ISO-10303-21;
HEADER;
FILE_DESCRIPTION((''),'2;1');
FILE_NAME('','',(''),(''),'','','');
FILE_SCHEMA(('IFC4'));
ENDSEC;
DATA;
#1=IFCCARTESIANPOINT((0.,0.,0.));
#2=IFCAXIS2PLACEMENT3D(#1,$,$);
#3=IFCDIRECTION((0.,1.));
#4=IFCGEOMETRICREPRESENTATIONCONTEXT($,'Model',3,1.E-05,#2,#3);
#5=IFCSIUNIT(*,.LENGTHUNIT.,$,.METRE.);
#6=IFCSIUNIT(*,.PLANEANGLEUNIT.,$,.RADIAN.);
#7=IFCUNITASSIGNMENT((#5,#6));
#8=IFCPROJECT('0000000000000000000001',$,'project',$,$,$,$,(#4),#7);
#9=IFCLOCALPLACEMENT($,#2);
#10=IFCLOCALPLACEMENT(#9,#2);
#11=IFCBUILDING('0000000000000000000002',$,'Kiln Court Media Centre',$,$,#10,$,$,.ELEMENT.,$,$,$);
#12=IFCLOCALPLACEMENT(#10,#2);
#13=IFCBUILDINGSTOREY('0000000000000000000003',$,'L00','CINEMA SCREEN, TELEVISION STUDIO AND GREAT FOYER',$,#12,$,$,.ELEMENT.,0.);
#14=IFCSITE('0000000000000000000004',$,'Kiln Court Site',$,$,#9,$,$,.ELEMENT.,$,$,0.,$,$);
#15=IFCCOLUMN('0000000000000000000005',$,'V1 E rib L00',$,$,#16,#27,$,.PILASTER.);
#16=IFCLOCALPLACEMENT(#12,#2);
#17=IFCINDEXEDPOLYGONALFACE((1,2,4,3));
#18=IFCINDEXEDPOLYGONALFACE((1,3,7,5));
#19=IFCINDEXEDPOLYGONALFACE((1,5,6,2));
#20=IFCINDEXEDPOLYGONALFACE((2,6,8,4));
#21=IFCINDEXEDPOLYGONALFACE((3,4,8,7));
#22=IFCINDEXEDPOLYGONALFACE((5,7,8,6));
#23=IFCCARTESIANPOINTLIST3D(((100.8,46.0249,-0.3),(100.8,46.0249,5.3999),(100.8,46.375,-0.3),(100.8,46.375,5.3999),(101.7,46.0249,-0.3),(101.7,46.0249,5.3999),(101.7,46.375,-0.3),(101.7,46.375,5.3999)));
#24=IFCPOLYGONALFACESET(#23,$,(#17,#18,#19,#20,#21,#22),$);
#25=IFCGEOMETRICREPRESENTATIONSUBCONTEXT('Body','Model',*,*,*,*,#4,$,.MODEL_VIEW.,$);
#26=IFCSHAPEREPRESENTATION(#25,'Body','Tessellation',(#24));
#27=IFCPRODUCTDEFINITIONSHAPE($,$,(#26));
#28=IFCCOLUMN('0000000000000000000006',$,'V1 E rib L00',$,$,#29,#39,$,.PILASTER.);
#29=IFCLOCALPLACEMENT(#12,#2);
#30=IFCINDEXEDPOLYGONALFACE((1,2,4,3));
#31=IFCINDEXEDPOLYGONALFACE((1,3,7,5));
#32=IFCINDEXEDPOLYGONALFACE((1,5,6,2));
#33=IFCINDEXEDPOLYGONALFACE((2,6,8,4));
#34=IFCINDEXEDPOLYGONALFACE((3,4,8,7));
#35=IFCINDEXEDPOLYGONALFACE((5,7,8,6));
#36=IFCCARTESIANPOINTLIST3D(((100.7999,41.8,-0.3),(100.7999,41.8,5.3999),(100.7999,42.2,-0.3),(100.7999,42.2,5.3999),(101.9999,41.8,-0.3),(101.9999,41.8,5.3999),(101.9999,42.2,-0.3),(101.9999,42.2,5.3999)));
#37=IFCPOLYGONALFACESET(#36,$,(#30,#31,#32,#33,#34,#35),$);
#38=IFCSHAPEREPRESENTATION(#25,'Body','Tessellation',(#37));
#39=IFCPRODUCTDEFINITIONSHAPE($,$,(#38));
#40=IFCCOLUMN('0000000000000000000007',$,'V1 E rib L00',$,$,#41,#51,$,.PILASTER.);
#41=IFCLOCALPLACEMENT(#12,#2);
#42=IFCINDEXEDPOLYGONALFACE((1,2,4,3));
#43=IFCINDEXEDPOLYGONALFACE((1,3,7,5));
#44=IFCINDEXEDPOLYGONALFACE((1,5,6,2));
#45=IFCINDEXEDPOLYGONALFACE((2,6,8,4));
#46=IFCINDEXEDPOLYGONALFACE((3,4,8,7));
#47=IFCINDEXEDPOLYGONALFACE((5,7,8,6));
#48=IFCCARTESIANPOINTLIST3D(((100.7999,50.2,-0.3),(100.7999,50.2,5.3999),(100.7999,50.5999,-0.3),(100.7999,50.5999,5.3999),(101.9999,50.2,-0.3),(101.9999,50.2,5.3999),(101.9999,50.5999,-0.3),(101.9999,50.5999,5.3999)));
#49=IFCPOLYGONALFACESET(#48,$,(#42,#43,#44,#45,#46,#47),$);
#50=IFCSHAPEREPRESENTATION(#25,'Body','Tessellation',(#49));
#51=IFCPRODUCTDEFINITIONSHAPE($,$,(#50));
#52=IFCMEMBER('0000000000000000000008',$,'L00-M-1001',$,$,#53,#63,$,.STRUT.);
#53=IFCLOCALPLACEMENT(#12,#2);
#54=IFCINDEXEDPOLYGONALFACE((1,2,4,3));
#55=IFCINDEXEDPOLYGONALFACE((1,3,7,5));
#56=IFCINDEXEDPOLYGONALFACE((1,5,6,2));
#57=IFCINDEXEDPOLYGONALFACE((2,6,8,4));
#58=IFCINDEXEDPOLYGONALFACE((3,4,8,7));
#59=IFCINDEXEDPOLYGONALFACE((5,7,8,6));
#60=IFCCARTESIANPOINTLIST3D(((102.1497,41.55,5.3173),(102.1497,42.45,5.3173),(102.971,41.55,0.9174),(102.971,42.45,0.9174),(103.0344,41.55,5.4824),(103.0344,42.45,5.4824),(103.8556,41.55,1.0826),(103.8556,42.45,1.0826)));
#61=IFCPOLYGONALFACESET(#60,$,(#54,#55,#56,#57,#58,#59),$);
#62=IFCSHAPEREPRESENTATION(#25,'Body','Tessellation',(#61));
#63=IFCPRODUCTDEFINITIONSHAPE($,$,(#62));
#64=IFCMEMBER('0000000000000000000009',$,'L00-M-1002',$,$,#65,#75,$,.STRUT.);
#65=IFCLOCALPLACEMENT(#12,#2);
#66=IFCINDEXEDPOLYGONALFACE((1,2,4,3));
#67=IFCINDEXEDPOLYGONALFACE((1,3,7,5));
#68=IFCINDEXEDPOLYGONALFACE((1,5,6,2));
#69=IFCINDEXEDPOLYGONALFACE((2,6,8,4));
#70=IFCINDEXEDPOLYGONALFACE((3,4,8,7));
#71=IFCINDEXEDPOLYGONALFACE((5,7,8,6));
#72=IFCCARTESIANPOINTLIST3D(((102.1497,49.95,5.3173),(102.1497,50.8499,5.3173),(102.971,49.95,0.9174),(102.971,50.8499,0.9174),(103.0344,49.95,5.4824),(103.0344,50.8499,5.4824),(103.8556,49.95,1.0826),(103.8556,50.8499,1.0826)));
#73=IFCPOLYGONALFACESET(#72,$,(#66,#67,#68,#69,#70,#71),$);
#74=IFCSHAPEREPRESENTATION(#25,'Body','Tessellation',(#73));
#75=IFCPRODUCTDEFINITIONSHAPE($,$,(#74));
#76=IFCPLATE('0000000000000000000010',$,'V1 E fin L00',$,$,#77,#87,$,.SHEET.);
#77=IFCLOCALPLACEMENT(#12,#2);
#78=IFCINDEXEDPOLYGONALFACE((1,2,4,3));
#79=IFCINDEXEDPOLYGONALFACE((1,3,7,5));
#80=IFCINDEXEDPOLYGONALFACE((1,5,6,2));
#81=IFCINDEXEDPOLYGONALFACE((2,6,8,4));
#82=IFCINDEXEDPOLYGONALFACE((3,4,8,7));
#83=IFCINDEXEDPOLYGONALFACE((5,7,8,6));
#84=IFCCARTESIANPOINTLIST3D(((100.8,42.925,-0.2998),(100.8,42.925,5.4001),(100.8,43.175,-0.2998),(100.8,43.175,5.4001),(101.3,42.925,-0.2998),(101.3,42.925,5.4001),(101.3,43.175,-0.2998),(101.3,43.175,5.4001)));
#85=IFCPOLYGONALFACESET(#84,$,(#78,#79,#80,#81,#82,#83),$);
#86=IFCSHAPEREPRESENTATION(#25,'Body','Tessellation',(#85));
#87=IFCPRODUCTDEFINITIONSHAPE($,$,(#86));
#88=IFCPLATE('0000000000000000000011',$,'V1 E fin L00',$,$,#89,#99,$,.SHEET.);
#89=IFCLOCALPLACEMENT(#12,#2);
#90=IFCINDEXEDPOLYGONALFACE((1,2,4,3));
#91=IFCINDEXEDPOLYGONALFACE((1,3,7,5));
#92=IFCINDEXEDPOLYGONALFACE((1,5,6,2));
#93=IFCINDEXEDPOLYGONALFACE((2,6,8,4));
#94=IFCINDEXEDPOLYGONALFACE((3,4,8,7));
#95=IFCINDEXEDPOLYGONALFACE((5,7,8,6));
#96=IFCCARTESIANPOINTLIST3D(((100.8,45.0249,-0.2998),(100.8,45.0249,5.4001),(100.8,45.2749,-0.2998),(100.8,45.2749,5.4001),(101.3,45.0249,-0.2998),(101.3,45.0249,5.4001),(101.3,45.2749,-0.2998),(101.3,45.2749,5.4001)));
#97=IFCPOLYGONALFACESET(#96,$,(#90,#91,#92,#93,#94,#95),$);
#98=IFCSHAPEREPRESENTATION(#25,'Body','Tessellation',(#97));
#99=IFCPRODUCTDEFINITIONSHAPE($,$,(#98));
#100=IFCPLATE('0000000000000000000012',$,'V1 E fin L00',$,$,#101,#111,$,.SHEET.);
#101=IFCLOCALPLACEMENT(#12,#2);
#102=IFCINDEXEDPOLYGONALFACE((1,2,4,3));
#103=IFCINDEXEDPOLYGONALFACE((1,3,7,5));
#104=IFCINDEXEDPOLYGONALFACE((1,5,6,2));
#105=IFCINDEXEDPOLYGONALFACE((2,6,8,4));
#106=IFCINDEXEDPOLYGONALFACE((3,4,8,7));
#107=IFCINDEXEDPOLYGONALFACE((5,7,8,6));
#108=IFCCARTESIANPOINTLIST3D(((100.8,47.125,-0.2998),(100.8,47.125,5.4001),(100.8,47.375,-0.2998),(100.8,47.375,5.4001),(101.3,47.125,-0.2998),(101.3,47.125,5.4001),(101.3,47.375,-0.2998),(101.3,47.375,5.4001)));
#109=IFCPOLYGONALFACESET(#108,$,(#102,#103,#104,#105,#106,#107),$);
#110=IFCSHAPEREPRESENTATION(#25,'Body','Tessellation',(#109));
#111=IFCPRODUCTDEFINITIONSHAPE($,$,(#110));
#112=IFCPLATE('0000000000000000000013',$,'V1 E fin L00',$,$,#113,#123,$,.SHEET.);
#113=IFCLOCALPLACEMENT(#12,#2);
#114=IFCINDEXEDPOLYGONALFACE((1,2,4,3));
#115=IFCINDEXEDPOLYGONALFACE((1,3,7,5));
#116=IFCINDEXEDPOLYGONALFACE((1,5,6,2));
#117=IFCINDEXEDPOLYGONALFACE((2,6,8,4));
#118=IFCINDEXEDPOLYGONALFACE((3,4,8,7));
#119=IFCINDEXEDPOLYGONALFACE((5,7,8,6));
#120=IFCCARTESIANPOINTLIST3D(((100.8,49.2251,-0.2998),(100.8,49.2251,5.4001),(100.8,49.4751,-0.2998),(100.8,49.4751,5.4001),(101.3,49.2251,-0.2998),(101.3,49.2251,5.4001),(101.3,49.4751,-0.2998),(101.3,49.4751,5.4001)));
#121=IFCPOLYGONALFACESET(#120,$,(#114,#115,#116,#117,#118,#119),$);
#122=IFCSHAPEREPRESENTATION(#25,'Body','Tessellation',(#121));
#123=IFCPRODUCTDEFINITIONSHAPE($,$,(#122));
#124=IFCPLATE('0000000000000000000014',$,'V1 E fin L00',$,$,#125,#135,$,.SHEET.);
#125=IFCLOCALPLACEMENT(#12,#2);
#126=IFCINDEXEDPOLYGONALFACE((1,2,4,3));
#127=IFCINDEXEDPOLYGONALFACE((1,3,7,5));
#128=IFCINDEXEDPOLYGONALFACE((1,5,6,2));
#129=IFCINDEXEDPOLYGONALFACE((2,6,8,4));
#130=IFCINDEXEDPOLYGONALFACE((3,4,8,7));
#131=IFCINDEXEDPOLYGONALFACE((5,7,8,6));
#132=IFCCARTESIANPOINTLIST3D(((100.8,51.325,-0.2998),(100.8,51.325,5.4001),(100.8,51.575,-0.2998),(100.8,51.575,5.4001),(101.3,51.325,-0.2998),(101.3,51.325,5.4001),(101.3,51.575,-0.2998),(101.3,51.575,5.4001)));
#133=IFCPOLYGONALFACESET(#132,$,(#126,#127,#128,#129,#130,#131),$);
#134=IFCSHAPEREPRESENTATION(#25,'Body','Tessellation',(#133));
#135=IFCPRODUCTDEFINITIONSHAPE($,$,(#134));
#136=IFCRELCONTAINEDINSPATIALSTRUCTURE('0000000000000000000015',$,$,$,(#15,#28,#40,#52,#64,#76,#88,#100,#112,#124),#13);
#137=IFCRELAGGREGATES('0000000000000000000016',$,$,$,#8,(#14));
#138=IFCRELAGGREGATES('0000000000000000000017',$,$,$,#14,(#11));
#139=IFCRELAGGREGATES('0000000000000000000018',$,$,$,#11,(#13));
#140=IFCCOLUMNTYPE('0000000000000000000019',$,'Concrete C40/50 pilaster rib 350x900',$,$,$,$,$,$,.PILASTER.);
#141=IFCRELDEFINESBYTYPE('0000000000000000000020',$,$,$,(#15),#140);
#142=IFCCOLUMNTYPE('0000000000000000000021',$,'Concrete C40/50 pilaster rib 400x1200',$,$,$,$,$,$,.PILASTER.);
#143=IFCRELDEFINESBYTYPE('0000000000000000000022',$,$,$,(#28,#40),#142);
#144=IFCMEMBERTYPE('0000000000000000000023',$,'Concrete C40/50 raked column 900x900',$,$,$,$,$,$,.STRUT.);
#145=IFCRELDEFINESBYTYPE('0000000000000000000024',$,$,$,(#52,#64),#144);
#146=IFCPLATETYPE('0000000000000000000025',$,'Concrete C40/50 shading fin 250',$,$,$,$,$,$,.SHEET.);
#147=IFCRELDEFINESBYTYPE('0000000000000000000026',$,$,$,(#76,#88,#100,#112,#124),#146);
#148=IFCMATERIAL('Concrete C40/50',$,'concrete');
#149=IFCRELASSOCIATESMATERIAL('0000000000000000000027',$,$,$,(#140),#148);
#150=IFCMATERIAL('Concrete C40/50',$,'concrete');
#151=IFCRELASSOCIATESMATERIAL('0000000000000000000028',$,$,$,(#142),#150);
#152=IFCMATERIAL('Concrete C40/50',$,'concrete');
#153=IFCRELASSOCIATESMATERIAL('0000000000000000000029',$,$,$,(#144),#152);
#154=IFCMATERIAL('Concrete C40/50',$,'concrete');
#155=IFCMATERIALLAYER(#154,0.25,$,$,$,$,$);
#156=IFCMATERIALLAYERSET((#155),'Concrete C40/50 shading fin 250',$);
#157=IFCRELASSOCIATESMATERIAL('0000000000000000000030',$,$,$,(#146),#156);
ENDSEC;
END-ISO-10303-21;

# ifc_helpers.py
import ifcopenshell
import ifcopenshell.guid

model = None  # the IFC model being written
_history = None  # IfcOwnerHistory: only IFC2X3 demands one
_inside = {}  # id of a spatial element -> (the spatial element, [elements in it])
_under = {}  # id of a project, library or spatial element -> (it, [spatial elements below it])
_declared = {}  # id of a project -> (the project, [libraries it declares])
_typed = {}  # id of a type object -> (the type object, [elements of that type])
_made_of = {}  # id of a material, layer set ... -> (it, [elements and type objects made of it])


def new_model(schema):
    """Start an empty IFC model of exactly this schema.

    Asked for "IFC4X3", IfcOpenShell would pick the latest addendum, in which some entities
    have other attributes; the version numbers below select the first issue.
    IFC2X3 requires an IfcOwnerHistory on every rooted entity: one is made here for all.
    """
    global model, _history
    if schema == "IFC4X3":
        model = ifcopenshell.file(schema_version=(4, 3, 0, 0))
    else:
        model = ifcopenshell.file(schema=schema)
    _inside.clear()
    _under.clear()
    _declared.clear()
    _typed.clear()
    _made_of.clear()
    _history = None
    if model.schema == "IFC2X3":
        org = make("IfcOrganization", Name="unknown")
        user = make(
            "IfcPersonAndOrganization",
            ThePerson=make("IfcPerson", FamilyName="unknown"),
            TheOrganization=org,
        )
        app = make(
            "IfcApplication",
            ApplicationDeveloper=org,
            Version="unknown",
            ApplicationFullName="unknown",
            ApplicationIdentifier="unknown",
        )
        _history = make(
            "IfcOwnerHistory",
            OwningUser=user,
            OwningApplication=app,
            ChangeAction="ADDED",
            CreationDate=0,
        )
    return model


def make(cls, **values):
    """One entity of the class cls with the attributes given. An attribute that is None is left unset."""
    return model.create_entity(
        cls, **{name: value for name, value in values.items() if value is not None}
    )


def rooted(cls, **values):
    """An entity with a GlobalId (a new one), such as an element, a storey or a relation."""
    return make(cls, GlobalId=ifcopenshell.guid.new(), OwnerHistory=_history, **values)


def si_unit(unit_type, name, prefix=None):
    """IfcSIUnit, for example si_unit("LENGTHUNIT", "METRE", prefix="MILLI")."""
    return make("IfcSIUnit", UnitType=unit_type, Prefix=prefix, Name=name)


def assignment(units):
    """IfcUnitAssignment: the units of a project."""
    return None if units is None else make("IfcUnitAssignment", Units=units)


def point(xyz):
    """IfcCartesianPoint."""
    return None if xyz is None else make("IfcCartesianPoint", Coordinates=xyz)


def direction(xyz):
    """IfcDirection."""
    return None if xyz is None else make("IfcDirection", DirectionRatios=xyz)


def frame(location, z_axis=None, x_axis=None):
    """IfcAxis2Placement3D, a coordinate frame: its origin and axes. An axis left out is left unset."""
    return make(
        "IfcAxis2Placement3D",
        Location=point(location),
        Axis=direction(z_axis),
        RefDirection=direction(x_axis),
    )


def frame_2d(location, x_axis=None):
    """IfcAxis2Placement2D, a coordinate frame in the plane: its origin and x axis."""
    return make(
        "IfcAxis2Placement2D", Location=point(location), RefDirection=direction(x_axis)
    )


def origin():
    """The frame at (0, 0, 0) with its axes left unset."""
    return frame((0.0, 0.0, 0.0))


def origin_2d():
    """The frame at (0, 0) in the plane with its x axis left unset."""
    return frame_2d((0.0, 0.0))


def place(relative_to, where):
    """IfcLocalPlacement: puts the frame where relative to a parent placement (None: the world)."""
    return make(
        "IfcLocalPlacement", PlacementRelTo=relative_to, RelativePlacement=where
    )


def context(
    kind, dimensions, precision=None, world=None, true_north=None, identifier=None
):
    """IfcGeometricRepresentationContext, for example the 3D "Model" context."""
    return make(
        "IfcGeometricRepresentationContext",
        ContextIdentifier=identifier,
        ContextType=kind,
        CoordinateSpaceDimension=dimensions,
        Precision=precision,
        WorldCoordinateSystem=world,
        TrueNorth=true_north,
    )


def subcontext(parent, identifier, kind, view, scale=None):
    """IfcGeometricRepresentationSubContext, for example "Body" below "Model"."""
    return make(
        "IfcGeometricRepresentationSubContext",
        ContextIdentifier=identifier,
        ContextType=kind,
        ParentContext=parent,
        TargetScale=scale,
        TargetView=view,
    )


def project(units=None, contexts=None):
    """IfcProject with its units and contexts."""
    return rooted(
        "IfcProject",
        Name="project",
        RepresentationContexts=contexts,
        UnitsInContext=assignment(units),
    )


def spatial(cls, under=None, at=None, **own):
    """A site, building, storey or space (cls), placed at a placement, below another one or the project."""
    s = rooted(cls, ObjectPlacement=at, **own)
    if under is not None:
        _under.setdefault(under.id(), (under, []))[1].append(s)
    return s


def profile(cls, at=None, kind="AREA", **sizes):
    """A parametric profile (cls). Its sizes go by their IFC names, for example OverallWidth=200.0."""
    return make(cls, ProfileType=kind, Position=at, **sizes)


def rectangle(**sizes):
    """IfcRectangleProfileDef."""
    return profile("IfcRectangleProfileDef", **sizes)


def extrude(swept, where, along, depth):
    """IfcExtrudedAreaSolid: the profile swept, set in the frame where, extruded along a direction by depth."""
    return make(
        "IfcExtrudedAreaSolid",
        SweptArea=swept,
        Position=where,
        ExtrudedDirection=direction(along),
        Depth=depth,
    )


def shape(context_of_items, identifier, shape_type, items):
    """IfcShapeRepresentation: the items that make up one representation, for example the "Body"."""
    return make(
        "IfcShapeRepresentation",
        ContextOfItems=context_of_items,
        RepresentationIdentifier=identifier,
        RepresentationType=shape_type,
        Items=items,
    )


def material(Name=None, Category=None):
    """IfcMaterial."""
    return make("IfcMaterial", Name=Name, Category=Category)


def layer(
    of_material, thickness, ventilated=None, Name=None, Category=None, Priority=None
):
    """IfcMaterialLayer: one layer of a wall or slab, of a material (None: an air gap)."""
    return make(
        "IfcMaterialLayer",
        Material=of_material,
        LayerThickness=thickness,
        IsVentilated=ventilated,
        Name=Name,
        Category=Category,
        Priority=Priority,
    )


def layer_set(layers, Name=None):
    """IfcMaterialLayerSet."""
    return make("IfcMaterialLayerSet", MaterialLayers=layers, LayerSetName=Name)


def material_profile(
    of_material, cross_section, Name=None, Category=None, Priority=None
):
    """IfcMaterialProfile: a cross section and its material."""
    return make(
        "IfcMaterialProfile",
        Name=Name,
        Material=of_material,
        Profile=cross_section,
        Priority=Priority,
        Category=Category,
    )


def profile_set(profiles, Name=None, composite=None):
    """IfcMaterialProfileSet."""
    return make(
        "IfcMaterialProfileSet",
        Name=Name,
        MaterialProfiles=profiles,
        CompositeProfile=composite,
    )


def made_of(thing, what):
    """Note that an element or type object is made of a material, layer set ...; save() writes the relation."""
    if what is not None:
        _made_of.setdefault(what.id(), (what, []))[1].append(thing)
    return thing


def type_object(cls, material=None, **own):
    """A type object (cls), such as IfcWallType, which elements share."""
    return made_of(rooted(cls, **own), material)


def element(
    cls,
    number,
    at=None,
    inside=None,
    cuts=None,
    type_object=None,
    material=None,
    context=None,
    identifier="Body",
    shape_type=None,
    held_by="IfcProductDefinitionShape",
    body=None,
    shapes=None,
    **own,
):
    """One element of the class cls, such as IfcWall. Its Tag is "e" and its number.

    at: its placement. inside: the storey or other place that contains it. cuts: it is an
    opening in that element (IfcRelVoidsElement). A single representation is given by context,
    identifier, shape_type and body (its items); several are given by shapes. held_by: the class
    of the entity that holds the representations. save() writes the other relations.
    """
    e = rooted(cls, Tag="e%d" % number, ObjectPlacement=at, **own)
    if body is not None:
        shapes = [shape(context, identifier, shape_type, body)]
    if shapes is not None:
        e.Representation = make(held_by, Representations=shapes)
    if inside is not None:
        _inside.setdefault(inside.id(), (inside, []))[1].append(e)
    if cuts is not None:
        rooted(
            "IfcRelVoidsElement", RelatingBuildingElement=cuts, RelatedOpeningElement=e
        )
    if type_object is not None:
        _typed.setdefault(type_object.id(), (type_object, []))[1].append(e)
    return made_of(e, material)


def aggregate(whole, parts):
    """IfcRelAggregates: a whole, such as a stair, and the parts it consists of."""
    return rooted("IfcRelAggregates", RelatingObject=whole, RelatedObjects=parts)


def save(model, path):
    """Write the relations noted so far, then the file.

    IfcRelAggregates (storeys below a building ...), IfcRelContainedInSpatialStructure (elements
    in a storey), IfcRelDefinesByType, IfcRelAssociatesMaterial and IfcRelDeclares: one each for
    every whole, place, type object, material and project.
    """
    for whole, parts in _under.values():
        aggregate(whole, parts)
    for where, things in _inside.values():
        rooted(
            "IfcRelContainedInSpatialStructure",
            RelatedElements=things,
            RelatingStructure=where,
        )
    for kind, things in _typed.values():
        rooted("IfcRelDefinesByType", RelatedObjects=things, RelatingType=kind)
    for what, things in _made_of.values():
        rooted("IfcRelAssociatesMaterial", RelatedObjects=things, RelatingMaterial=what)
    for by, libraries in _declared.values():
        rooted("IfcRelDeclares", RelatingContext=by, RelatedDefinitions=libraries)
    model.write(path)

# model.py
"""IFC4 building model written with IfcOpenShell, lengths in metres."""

from ifc_helpers import new_model, si_unit, direction, frame, origin, origin_2d, place, context, subcontext, project, spatial, rectangle, extrude, material, layer, layer_set, material_profile, profile_set, type_object, element, save


model = new_model("IFC4")

# Units and contexts
model_context = context("Model", 3, precision=1e-05, world=origin(), true_north=direction((0.0, 1.0)))
body_context = subcontext(model_context, "Body", "Model", "MODEL_VIEW")
ifc_project = project(units=[si_unit("LENGTHUNIT", "METRE"), si_unit("PLANEANGLEUNIT", "RADIAN")], contexts=[model_context])

# Site, building, storey
site_placement = place(None, origin())
site = spatial("IfcSite", under=ifc_project, at=site_placement, Name="Kiln Court Site", CompositionType="ELEMENT", RefElevation=0.0)
building_placement = place(site_placement, origin())
building = spatial("IfcBuilding", under=site, at=building_placement, Name="Kiln Court Media Centre", CompositionType="ELEMENT")
storey_placement = place(building_placement, origin())
storey = spatial("IfcBuildingStorey", under=building, at=storey_placement, Name="L00", Description="CINEMA SCREEN, TELEVISION STUDIO AND GREAT FOYER", CompositionType="ELEMENT", Elevation=0.0)

# Columns
ifc_material_1 = material(Name="Concrete C40/50", Category="concrete")
ifc_material_profile_1 = material_profile(ifc_material_1, rectangle(XDim=0.3501, YDim=0.8999, at=origin_2d()), Name="RC 350x900")
ifc_profile_set_1 = profile_set([ifc_material_profile_1], Name="Concrete C40/50")
column_type_1 = type_object("IfcColumnType", Name="Concrete C40/50 pilaster rib 350x900", PredefinedType="PILASTER", material=ifc_profile_set_1)
column_placement = place(storey_placement, frame((101.25, 46.2, -0.3), z_axis=(0.0, 0.0, 1.0), x_axis=(0.0, 1.0, 0.0)))
element("IfcColumn", 1, at=column_placement, inside=storey, type_object=column_type_1, Name="V1 E rib L00", PredefinedType="PILASTER", context=body_context, shape_type="SweptSolid", body=[
    extrude(rectangle(XDim=0.3501, YDim=0.8999, at=origin_2d()), origin(), (0.0, 0.0, 1.0), 5.7),
])
ifc_material_2 = material(Name="Concrete C40/50", Category="concrete")
ifc_material_profile_2 = material_profile(ifc_material_2, rectangle(XDim=0.3999, YDim=1.2, at=origin_2d()), Name="RC 400x1200")
ifc_profile_set_2 = profile_set([ifc_material_profile_2], Name="Concrete C40/50")
column_type_2 = type_object("IfcColumnType", Name="Concrete C40/50 pilaster rib 400x1200", PredefinedType="PILASTER", material=ifc_profile_set_2)
for number, where, z_axis, x_axis, name in (
    (2, (101.3999, 42.0, -0.3), (0.0, 0.0, 1.0), (0.0, 1.0, 0.0), "V1 E rib L00"),
    (3, (101.3999, 50.3999, -0.3), (0.0, 0.0, 1.0), (0.0, 1.0, 0.0), "V1 E rib L00"),
):
    element("IfcColumn", number, at=place(storey_placement, frame(where, z_axis=z_axis, x_axis=x_axis)), inside=storey, type_object=column_type_2, Name=name, PredefinedType="PILASTER", context=body_context, shape_type="SweptSolid", body=[
        extrude(rectangle(XDim=0.3999, YDim=1.2, at=origin_2d()), origin(), (0.0, 0.0, 1.0), 5.7),
    ])

# Members
ifc_material_3 = material(Name="Concrete C40/50", Category="concrete")
ifc_material_profile_3 = material_profile(ifc_material_3, rectangle(XDim=0.8999, YDim=0.8999, at=origin_2d()), Name="RC 900x900")
ifc_profile_set_3 = profile_set([ifc_material_profile_3], Name="Concrete C40/50")
member_type = type_object("IfcMemberType", Name="Concrete C40/50 raked column 900x900", PredefinedType="STRUT", material=ifc_profile_set_3)
for number, where, z_axis, x_axis, name in (
    (4, (103.4133, 42.0, 1.0), (-0.183491, 0.0, 0.983021), (0.0, -1.0, 0.0), "L00-M-1001"),
    (5, (103.4133, 50.3999, 1.0), (-0.183491, 0.0, 0.983021), (0.0, -1.0, 0.0), "L00-M-1002"),
):
    element("IfcMember", number, at=place(storey_placement, frame(where, z_axis=z_axis, x_axis=x_axis)), inside=storey, type_object=member_type, Name=name, PredefinedType="STRUT", context=body_context, shape_type="SweptSolid", body=[
        extrude(rectangle(XDim=0.8999, YDim=0.8999, at=origin_2d()), origin(), (0.0, 0.0, 1.0), 4.4758),
    ])

# Plates
ifc_material_4 = material(Name="Concrete C40/50", Category="concrete")
ifc_layer = layer(ifc_material_4, 0.25)
ifc_layer_set = layer_set([ifc_layer], Name="Concrete C40/50 shading fin 250")
plate_type = type_object("IfcPlateType", Name="Concrete C40/50 shading fin 250", PredefinedType="SHEET", material=ifc_layer_set)
for number, where, z_axis, x_axis, name in (
    (6, (101.05, 43.05, -0.2998), (0.0, 0.0, 1.0), (1.0, 0.0, 0.0), "V1 E fin L00"),
    (7, (101.05, 45.1499, -0.2998), (0.0, 0.0, 1.0), (1.0, 0.0, 0.0), "V1 E fin L00"),
    (8, (101.05, 47.25, -0.2998), (0.0, 0.0, 1.0), (1.0, 0.0, 0.0), "V1 E fin L00"),
    (9, (101.05, 49.3501, -0.2998), (0.0, 0.0, 1.0), (1.0, 0.0, 0.0), "V1 E fin L00"),
    (10, (101.05, 51.45, -0.2998), (0.0, 0.0, 1.0), (1.0, 0.0, 0.0), "V1 E fin L00"),
):
    element("IfcPlate", number, at=place(storey_placement, frame(where, z_axis=z_axis, x_axis=x_axis)), inside=storey, type_object=plate_type, Name=name, PredefinedType="SHEET", context=body_context, shape_type="SweptSolid", body=[
        extrude(rectangle(XDim=0.5, YDim=0.25, at=origin_2d()), origin(), (0.0, 0.0, 1.0), 5.7),
    ])

save(model, "model.ifc")
